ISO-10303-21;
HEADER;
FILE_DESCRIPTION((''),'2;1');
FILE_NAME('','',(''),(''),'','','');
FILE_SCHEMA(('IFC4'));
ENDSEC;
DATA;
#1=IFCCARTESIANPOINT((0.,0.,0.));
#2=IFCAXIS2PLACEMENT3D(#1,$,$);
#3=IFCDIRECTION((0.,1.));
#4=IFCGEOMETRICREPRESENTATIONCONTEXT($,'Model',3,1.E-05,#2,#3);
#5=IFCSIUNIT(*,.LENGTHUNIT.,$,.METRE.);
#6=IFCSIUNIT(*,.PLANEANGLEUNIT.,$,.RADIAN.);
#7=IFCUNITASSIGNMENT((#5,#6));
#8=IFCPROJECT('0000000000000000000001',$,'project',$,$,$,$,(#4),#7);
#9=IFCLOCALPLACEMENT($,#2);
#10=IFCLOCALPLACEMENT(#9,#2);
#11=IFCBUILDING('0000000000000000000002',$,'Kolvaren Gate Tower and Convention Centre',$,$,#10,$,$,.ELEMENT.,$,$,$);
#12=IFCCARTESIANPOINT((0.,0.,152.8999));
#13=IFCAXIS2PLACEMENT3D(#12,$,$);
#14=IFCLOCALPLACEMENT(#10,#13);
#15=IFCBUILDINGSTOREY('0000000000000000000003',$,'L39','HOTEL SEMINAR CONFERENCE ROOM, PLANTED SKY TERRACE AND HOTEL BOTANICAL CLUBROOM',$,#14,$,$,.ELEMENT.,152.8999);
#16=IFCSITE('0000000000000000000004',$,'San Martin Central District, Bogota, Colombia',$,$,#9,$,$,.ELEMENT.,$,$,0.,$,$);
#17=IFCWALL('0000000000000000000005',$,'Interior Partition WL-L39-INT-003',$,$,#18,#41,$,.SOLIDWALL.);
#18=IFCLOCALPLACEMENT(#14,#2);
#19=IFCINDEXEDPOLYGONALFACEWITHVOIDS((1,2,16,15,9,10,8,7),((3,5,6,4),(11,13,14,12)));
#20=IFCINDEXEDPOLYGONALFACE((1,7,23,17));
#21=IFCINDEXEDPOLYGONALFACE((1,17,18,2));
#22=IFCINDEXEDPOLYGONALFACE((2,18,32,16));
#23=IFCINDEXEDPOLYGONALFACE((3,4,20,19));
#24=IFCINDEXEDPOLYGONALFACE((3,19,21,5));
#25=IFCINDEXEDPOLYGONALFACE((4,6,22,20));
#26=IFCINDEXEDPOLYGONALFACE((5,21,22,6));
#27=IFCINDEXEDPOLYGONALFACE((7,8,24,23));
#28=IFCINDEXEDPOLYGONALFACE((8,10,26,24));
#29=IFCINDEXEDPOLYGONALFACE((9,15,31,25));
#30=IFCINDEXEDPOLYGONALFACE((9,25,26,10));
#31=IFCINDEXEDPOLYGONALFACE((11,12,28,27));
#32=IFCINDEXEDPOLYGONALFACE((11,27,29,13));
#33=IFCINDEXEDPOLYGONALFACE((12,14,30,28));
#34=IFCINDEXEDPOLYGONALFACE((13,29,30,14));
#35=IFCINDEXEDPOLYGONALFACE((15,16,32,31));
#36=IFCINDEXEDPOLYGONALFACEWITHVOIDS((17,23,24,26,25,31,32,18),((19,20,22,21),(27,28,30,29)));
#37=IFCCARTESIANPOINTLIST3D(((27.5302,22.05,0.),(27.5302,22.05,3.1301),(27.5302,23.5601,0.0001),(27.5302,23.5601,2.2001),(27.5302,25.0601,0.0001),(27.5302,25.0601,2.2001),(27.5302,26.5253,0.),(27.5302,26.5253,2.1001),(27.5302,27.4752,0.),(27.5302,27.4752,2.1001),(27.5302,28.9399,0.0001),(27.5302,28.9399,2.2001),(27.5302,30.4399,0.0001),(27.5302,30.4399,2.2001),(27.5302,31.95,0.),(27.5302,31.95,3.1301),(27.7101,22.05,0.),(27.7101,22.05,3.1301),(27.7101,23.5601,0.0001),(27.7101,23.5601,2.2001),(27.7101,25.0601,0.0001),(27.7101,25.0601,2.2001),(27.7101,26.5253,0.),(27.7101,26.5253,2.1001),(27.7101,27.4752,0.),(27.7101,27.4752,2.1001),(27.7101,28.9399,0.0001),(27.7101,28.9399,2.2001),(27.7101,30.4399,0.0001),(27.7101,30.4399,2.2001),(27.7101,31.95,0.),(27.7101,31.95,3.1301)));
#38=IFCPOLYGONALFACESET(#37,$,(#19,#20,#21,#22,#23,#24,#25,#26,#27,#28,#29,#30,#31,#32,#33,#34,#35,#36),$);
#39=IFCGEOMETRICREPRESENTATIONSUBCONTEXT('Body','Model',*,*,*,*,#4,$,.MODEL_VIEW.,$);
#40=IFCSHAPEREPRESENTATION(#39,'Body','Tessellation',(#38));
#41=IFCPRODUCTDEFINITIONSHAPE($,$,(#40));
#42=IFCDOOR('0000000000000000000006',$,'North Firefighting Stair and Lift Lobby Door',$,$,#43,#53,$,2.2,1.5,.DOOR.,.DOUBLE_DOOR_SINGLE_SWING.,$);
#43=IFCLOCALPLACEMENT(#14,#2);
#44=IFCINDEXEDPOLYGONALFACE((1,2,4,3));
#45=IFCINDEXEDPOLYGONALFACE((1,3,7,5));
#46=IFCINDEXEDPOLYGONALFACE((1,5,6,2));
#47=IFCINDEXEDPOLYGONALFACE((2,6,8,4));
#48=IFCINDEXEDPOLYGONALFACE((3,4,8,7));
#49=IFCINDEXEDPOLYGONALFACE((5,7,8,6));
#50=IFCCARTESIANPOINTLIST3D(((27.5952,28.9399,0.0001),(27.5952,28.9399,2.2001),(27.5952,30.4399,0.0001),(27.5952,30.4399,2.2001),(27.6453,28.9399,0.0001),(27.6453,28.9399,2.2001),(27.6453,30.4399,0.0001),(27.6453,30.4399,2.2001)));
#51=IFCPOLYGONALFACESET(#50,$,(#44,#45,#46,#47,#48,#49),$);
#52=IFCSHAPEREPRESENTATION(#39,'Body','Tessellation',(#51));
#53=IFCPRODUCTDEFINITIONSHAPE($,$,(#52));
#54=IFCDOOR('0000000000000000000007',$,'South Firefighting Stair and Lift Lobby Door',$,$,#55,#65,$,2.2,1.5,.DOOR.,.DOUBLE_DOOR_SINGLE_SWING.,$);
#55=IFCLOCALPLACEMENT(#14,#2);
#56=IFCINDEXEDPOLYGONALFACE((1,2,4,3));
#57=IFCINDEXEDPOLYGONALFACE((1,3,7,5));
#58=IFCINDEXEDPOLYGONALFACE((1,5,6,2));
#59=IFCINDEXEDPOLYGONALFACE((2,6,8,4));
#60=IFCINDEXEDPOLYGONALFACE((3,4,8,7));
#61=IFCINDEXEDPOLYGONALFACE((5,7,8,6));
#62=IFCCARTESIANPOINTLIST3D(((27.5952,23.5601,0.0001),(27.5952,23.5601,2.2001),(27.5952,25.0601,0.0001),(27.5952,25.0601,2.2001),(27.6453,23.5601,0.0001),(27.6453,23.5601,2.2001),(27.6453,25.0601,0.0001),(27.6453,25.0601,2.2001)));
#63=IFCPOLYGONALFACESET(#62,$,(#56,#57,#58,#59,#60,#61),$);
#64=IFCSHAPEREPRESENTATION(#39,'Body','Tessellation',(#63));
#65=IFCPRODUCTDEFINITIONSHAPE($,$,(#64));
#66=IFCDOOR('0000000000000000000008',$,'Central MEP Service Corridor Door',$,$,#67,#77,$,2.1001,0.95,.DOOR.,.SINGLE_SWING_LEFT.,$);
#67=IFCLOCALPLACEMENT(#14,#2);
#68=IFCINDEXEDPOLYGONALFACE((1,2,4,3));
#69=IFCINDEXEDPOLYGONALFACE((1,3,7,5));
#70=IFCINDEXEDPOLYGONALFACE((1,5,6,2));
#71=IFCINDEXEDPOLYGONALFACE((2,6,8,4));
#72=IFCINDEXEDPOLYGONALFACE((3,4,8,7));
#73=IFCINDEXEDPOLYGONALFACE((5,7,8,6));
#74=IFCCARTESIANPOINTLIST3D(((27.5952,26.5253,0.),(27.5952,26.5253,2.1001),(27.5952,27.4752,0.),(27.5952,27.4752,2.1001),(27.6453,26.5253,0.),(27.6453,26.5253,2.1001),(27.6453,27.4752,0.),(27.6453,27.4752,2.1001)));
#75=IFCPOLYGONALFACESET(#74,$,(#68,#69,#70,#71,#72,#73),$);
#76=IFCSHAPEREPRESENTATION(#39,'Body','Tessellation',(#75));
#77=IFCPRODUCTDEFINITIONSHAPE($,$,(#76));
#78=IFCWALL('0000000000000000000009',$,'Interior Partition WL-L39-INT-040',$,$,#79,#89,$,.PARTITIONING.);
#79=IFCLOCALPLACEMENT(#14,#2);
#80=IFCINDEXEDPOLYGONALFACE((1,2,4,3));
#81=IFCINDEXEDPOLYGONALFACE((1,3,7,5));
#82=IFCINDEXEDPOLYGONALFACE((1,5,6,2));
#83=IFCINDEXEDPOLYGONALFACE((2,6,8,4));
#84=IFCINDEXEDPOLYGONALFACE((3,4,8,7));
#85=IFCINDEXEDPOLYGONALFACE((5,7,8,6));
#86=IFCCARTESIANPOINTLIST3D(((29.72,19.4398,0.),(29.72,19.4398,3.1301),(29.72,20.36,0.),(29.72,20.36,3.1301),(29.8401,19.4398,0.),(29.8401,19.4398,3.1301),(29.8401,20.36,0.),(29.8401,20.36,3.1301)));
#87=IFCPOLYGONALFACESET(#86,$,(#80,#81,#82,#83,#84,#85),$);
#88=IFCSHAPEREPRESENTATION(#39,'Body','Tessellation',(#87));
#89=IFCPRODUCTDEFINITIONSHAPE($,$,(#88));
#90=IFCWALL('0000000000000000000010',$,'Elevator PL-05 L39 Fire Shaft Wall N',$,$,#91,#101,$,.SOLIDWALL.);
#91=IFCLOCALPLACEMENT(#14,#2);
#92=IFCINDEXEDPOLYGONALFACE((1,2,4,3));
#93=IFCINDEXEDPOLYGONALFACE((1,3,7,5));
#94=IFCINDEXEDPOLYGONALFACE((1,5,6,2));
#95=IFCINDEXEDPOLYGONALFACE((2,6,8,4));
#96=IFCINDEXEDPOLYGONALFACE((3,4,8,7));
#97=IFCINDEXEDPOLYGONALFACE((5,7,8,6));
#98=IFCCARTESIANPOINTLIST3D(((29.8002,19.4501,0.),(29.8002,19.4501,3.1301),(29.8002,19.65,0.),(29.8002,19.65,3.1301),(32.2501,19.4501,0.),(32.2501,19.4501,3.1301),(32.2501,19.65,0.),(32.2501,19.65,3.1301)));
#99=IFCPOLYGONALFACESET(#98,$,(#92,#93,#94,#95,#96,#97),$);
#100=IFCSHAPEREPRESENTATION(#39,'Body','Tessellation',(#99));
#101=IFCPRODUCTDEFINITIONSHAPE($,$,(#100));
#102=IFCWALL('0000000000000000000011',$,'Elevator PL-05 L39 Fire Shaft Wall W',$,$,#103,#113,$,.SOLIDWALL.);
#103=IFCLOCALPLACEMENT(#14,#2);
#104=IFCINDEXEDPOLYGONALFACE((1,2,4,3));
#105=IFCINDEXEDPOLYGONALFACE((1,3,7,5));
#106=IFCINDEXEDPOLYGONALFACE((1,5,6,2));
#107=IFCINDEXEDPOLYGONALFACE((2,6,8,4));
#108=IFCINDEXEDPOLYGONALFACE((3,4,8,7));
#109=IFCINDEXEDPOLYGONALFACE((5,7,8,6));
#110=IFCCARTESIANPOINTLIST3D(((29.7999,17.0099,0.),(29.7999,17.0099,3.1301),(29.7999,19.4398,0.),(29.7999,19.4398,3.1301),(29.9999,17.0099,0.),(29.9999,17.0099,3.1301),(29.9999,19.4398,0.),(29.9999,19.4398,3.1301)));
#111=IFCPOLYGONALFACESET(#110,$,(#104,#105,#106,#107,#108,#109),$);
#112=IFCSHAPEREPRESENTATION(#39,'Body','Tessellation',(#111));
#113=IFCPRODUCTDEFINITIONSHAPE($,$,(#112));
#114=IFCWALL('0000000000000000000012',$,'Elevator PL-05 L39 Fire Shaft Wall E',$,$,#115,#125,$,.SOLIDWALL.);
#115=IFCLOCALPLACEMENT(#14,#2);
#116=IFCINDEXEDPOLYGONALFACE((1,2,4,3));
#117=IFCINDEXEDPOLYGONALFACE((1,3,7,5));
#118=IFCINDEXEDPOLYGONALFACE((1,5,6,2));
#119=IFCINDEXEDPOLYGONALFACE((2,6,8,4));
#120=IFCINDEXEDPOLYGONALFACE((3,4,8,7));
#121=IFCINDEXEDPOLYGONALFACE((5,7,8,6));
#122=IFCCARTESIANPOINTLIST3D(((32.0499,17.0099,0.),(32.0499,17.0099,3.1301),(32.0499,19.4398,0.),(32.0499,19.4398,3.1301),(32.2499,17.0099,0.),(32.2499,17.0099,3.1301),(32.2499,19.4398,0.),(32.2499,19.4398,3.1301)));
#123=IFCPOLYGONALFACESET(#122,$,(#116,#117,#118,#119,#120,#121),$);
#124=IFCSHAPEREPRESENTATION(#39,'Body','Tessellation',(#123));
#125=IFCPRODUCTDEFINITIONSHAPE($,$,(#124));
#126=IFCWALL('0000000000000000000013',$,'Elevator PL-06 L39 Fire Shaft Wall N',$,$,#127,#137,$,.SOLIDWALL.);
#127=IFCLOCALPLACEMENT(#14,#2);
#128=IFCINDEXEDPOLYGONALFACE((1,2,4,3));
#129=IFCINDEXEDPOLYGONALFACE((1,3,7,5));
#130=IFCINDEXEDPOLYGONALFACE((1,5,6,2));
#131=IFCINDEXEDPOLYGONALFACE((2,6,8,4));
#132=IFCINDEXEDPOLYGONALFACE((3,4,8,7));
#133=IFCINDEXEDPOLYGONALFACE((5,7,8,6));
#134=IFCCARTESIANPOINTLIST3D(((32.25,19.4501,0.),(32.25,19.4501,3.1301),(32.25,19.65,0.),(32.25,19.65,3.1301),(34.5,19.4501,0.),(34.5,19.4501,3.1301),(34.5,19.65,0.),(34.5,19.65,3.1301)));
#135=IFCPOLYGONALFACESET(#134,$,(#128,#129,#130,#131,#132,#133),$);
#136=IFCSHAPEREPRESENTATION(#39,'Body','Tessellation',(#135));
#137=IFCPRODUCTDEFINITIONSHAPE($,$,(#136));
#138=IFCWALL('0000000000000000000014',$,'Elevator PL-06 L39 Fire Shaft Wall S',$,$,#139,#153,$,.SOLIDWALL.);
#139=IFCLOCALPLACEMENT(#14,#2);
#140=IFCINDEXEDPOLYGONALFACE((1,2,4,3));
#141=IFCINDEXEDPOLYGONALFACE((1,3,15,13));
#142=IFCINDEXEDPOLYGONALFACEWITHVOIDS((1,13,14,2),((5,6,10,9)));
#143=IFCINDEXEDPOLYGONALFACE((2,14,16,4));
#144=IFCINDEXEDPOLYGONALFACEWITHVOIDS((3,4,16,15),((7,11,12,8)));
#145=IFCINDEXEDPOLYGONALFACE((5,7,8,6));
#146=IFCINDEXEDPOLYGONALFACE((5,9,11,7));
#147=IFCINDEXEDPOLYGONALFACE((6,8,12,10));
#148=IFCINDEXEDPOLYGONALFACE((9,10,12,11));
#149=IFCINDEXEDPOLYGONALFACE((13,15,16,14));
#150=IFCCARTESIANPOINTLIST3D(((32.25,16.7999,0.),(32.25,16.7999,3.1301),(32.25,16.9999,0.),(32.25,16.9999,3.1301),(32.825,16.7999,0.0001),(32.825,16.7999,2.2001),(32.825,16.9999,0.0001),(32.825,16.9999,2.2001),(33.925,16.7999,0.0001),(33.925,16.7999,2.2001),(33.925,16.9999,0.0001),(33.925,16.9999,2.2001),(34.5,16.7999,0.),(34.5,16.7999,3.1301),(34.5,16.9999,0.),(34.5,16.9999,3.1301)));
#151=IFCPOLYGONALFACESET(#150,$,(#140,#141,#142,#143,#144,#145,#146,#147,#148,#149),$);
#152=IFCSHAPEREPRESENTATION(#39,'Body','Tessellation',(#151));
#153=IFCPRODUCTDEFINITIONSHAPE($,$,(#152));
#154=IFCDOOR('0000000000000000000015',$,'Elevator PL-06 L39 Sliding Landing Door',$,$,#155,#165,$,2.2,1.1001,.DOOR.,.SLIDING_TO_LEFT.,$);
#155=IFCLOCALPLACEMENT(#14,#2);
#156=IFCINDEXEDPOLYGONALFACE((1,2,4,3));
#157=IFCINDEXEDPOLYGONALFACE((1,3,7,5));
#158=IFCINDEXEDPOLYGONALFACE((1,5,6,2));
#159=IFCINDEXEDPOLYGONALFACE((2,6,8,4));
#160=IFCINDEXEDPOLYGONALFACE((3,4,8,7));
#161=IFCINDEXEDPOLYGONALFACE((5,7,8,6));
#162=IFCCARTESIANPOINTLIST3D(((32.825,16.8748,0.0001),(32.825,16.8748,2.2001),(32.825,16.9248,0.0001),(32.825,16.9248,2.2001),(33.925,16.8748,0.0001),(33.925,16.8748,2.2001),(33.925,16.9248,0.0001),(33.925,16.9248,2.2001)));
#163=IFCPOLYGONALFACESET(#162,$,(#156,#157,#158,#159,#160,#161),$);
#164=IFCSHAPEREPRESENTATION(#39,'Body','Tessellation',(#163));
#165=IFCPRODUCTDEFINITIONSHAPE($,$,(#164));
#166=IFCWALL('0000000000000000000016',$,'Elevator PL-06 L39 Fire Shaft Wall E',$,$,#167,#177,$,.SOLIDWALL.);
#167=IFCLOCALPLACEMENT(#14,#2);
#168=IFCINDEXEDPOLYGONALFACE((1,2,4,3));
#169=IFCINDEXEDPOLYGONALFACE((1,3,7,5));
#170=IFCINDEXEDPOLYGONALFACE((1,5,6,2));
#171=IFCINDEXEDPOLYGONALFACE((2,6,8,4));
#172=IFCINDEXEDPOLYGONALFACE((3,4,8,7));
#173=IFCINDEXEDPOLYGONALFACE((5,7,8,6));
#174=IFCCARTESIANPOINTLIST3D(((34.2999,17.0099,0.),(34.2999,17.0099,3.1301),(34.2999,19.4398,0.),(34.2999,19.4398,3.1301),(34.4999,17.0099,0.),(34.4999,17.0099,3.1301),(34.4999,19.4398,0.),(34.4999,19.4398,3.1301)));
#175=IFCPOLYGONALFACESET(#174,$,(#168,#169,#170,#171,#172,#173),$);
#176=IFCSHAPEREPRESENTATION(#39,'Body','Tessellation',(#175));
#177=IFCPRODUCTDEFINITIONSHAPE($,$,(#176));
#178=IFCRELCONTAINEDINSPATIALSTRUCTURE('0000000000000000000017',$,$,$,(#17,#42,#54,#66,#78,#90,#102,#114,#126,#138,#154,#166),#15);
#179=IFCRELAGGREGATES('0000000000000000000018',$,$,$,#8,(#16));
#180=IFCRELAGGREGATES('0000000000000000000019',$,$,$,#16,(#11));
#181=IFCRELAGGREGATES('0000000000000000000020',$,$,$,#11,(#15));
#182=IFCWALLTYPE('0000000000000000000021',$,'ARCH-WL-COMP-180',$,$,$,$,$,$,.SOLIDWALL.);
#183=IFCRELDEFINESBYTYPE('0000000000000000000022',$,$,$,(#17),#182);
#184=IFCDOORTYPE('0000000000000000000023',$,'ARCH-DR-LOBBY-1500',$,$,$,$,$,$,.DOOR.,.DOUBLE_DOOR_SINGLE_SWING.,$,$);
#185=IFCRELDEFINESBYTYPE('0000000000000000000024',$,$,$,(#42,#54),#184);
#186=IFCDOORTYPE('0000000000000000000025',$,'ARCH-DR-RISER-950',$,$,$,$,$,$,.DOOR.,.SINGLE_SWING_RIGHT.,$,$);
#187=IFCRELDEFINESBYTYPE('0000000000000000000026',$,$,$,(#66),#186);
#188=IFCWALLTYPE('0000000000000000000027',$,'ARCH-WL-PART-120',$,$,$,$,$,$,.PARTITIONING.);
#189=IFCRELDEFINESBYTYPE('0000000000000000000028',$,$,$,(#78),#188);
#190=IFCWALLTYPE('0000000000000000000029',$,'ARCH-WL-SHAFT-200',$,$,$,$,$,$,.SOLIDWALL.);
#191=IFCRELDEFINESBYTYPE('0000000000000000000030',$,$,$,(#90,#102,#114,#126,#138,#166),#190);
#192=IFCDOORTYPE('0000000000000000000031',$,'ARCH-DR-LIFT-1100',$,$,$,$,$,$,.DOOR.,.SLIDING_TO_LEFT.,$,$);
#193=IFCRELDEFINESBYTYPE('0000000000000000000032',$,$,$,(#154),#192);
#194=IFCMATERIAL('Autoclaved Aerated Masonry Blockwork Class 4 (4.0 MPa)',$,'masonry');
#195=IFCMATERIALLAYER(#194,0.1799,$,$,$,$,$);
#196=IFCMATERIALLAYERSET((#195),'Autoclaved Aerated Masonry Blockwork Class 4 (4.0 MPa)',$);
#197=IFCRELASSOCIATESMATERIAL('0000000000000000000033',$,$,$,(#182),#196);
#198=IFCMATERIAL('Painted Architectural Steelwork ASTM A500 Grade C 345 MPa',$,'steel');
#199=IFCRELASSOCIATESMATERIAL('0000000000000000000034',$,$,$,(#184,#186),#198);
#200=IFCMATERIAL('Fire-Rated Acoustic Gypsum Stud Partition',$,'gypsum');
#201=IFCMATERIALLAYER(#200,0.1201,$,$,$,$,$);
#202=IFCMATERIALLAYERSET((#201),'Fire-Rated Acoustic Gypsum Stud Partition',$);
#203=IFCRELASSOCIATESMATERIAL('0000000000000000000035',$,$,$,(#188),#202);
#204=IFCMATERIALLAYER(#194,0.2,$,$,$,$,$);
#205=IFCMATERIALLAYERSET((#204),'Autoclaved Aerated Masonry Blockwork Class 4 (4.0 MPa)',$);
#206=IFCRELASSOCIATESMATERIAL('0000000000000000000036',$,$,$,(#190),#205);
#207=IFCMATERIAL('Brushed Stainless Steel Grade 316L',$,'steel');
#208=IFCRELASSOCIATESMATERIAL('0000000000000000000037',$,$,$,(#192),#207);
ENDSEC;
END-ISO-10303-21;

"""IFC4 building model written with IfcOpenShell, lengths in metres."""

from ifc_helpers import new_model, si_unit, direction, frame, frame_2d, origin, place, context, subcontext, project, spatial, rectangle, extrude, material, layer, layer_set, type_object, element, fill, save


model = new_model("IFC4")

# Units and contexts
model_context = context("Model", 3, precision=1e-05, world=origin(), true_north=direction((0.0, 1.0)))
body_context = subcontext(model_context, "Body", "Model", "MODEL_VIEW")
ifc_project = project(units=[si_unit("LENGTHUNIT", "METRE"), si_unit("PLANEANGLEUNIT", "RADIAN")], contexts=[model_context])

# Site, building, storey
site_placement = place(None, origin())
site = spatial("IfcSite", under=ifc_project, at=site_placement, Name="San Martin Central District, Bogota, Colombia", CompositionType="ELEMENT", RefElevation=0.0)
building_placement = place(site_placement, origin())
building = spatial("IfcBuilding", under=site, at=building_placement, Name="Kolvaren Gate Tower and Convention Centre", CompositionType="ELEMENT")
storey_placement = place(building_placement, frame((0.0, 0.0, 152.8999)))
storey = spatial("IfcBuildingStorey", under=building, at=storey_placement, Name="L39", Description="HOTEL SEMINAR CONFERENCE ROOM, PLANTED SKY TERRACE AND HOTEL BOTANICAL CLUBROOM", CompositionType="ELEMENT", Elevation=152.8999)

# Wall, openings, doors
ifc_material_1 = material(Name="Autoclaved Aerated Masonry Blockwork Class 4 (4.0 MPa)", Category="masonry")
ifc_layer_1 = layer(ifc_material_1, 0.1799)
ifc_layer_set_1 = layer_set([ifc_layer_1], Name="Autoclaved Aerated Masonry Blockwork Class 4 (4.0 MPa)")
wall_type_1 = type_object("IfcWallType", Name="ARCH-WL-COMP-180", PredefinedType="SOLIDWALL", material=ifc_layer_set_1)
wall_1_placement = place(storey_placement, frame((27.6201, 22.05, 0.0), z_axis=(0.0, 0.0, 1.0), x_axis=(0.0, 1.0, 0.0)))
wall_1 = element("IfcWall", 1, at=wall_1_placement, inside=storey, type_object=wall_type_1, Name="Interior Partition WL-L39-INT-003", PredefinedType="SOLIDWALL", context=body_context, shape_type="SweptSolid", body=[
    extrude(rectangle(XDim=9.8999, YDim=0.1799, at=frame_2d((4.95, 0.0))), origin(), (0.0, 0.0, 1.0), 3.1301),
])
opening_1_placement = place(wall_1_placement, frame((4.4751, 0.0, 0.0)))
opening_1 = element("IfcOpeningElement", 2, at=opening_1_placement, cuts=wall_1, PredefinedType="OPENING", context=body_context, shape_type="SweptSolid", body=[
    extrude(rectangle(XDim=0.95, YDim=2.1001, at=frame_2d((0.4751, 1.05))), frame((0.0, 0.0999, 0.0), z_axis=(0.0, -1.0, 0.0), x_axis=(1.0, 0.0, 0.0)), (0.0, 0.0, 1.0), 0.2),
])
opening_2_placement = place(wall_1_placement, frame((6.8899, 0.0, 0.0)))
opening_2 = element("IfcOpeningElement", 3, at=opening_2_placement, cuts=wall_1, PredefinedType="OPENING", context=body_context, shape_type="SweptSolid", body=[
    extrude(rectangle(XDim=1.5, YDim=2.2, at=frame_2d((0.75, 1.1001))), frame((0.0, 0.0999, 0.0), z_axis=(0.0, -1.0, 0.0), x_axis=(1.0, 0.0, 0.0)), (0.0, 0.0, 1.0), 0.2),
])
opening_3_placement = place(wall_1_placement, frame((1.51, 0.0, 0.0)))
opening_3 = element("IfcOpeningElement", 4, at=opening_3_placement, cuts=wall_1, PredefinedType="OPENING", context=body_context, shape_type="SweptSolid", body=[
    extrude(rectangle(XDim=1.5, YDim=2.2, at=frame_2d((0.75, 1.1001))), frame((0.0, 0.0999, 0.0), z_axis=(0.0, -1.0, 0.0), x_axis=(1.0, 0.0, 0.0)), (0.0, 0.0, 1.0), 0.2),
])
ifc_material_2 = material(Name="Painted Architectural Steelwork ASTM A500 Grade C 345 MPa", Category="steel")
door_type_1 = type_object("IfcDoorType", Name="ARCH-DR-LOBBY-1500", OperationType="DOUBLE_DOOR_SINGLE_SWING", PredefinedType="DOOR", material=ifc_material_2)
door_1_placement = place(opening_2_placement, origin())
door_1 = element("IfcDoor", 5, at=door_1_placement, inside=storey, type_object=door_type_1, Name="North Firefighting Stair and Lift Lobby Door", OperationType="DOUBLE_DOOR_SINGLE_SWING", OverallHeight=2.2, OverallWidth=1.5, PredefinedType="DOOR", context=body_context, shape_type="SweptSolid", body=[
    extrude(rectangle(XDim=1.5, YDim=2.2, at=frame_2d((0.75, 1.1001))), frame((0.0, 0.0249, 0.0), z_axis=(0.0, -1.0, 0.0), x_axis=(1.0, 0.0, 0.0)), (0.0, 0.0, 1.0), 0.05),
])
fill(opening_2, door_1)
door_2_placement = place(opening_3_placement, origin())
door_2 = element("IfcDoor", 6, at=door_2_placement, inside=storey, type_object=door_type_1, Name="South Firefighting Stair and Lift Lobby Door", OperationType="DOUBLE_DOOR_SINGLE_SWING", OverallHeight=2.2, OverallWidth=1.5, PredefinedType="DOOR", context=body_context, shape_type="SweptSolid", body=[
    extrude(rectangle(XDim=1.5, YDim=2.2, at=frame_2d((0.75, 1.1001))), frame((0.0, 0.0249, 0.0), z_axis=(0.0, -1.0, 0.0), x_axis=(1.0, 0.0, 0.0)), (0.0, 0.0, 1.0), 0.05),
])
fill(opening_3, door_2)
door_type_2 = type_object("IfcDoorType", Name="ARCH-DR-RISER-950", OperationType="SINGLE_SWING_RIGHT", PredefinedType="DOOR", material=ifc_material_2)
door_3_placement = place(opening_1_placement, origin())
door_3 = element("IfcDoor", 7, at=door_3_placement, inside=storey, type_object=door_type_2, Name="Central MEP Service Corridor Door", OperationType="SINGLE_SWING_LEFT", OverallHeight=2.1001, OverallWidth=0.95, PredefinedType="DOOR", context=body_context, shape_type="SweptSolid", body=[
    extrude(rectangle(XDim=0.95, YDim=2.1001, at=frame_2d((0.4751, 1.05))), frame((0.0, 0.0249, 0.0), z_axis=(0.0, -1.0, 0.0), x_axis=(1.0, 0.0, 0.0)), (0.0, 0.0, 1.0), 0.05),
])
fill(opening_1, door_3)

# Walls
ifc_material_3 = material(Name="Fire-Rated Acoustic Gypsum Stud Partition", Category="gypsum")
ifc_layer_2 = layer(ifc_material_3, 0.1201)
ifc_layer_set_2 = layer_set([ifc_layer_2], Name="Fire-Rated Acoustic Gypsum Stud Partition")
wall_type_2 = type_object("IfcWallType", Name="ARCH-WL-PART-120", PredefinedType="PARTITIONING", material=ifc_layer_set_2)
wall_2_placement = place(storey_placement, frame((29.78, 19.4399, 0.0), z_axis=(0.0, 0.0, 1.0), x_axis=(0.0, 1.0, 0.0)))
element("IfcWall", 8, at=wall_2_placement, inside=storey, type_object=wall_type_2, Name="Interior Partition WL-L39-INT-040", PredefinedType="PARTITIONING", context=body_context, shape_type="SweptSolid", body=[
    extrude(rectangle(XDim=0.9202, YDim=0.1201, at=frame_2d((0.46, 0.0))), origin(), (0.0, 0.0, 1.0), 3.1301),
])
ifc_layer_3 = layer(ifc_material_1, 0.2)
ifc_layer_set_3 = layer_set([ifc_layer_3], Name="Autoclaved Aerated Masonry Blockwork Class 4 (4.0 MPa)")
wall_type_3 = type_object("IfcWallType", Name="ARCH-WL-SHAFT-200", PredefinedType="SOLIDWALL", material=ifc_layer_set_3)
wall_3_placement = place(storey_placement, frame((29.8, 19.55, 0.0), z_axis=(0.0, 0.0, 1.0), x_axis=(1.0, 0.0, 0.0)))
element("IfcWall", 9, at=wall_3_placement, inside=storey, type_object=wall_type_3, Name="Elevator PL-05 L39 Fire Shaft Wall N", PredefinedType="SOLIDWALL", context=body_context, shape_type="SweptSolid", body=[
    extrude(rectangle(XDim=2.45, YDim=0.2, at=frame_2d((1.2251, 0.0))), origin(), (0.0, 0.0, 1.0), 3.1301),
])
for number, where, z_axis, x_axis, name in (
    (10, (29.8999, 17.01, 0.0), (0.0, 0.0, 1.0), (0.0, 1.0, 0.0), "Elevator PL-05 L39 Fire Shaft Wall W"),
    (11, (32.1499, 17.01, 0.0), (0.0, 0.0, 1.0), (0.0, 1.0, 0.0), "Elevator PL-05 L39 Fire Shaft Wall E"),
):
    element("IfcWall", number, at=place(storey_placement, frame(where, z_axis=z_axis, x_axis=x_axis)), inside=storey, type_object=wall_type_3, Name=name, PredefinedType="SOLIDWALL", context=body_context, shape_type="SweptSolid", body=[
        extrude(rectangle(XDim=2.4299, YDim=0.2, at=frame_2d((1.2148, 0.0))), origin(), (0.0, 0.0, 1.0), 3.1301),
    ])
wall_4_placement = place(storey_placement, frame((32.25, 19.55, 0.0), z_axis=(0.0, 0.0, 1.0), x_axis=(1.0, 0.0, 0.0)))
element("IfcWall", 12, at=wall_4_placement, inside=storey, type_object=wall_type_3, Name="Elevator PL-06 L39 Fire Shaft Wall N", PredefinedType="SOLIDWALL", context=body_context, shape_type="SweptSolid", body=[
    extrude(rectangle(XDim=2.25, YDim=0.2, at=frame_2d((1.125, 0.0))), origin(), (0.0, 0.0, 1.0), 3.1301),
])

# Wall, opening, door
wall_5_placement = place(storey_placement, frame((32.25, 16.8999, 0.0), z_axis=(0.0, 0.0, 1.0), x_axis=(1.0, 0.0, 0.0)))
wall_5 = element("IfcWall", 13, at=wall_5_placement, inside=storey, type_object=wall_type_3, Name="Elevator PL-06 L39 Fire Shaft Wall S", PredefinedType="SOLIDWALL", context=body_context, shape_type="SweptSolid", body=[
    extrude(rectangle(XDim=2.25, YDim=0.2, at=frame_2d((1.125, 0.0))), origin(), (0.0, 0.0, 1.0), 3.1301),
])
opening_4_placement = place(wall_5_placement, frame((0.575, 0.0, 0.0)))
opening_4 = element("IfcOpeningElement", 14, at=opening_4_placement, cuts=wall_5, PredefinedType="OPENING", context=body_context, shape_type="SweptSolid", body=[
    extrude(rectangle(XDim=1.1001, YDim=2.2, at=frame_2d((0.55, 1.1001))), frame((0.0, 0.1099, 0.0), z_axis=(0.0, -1.0, 0.0), x_axis=(1.0, 0.0, 0.0)), (0.0, 0.0, 1.0), 0.22),
])
ifc_material_4 = material(Name="Brushed Stainless Steel Grade 316L", Category="steel")
door_type_3 = type_object("IfcDoorType", Name="ARCH-DR-LIFT-1100", OperationType="SLIDING_TO_LEFT", PredefinedType="DOOR", material=ifc_material_4)
door_4_placement = place(opening_4_placement, origin())
door_4 = element("IfcDoor", 15, at=door_4_placement, inside=storey, type_object=door_type_3, Name="Elevator PL-06 L39 Sliding Landing Door", OperationType="SLIDING_TO_LEFT", OverallHeight=2.2, OverallWidth=1.1001, PredefinedType="DOOR", context=body_context, shape_type="SweptSolid", body=[
    extrude(rectangle(XDim=1.1001, YDim=2.2, at=frame_2d((0.55, 1.1001))), frame((0.0, 0.0249, 0.0), z_axis=(0.0, -1.0, 0.0), x_axis=(1.0, 0.0, 0.0)), (0.0, 0.0, 1.0), 0.05),
])
fill(opening_4, door_4)

# Wall
wall_6_placement = place(storey_placement, frame((34.3999, 17.01, 0.0), z_axis=(0.0, 0.0, 1.0), x_axis=(0.0, 1.0, 0.0)))
element("IfcWall", 16, at=wall_6_placement, inside=storey, type_object=wall_type_3, Name="Elevator PL-06 L39 Fire Shaft Wall E", PredefinedType="SOLIDWALL", context=body_context, shape_type="SweptSolid", body=[
    extrude(rectangle(XDim=2.4299, YDim=0.2, at=frame_2d((1.2148, 0.0))), origin(), (0.0, 0.0, 1.0), 3.1301),
])

save(model, "model.ifc")
